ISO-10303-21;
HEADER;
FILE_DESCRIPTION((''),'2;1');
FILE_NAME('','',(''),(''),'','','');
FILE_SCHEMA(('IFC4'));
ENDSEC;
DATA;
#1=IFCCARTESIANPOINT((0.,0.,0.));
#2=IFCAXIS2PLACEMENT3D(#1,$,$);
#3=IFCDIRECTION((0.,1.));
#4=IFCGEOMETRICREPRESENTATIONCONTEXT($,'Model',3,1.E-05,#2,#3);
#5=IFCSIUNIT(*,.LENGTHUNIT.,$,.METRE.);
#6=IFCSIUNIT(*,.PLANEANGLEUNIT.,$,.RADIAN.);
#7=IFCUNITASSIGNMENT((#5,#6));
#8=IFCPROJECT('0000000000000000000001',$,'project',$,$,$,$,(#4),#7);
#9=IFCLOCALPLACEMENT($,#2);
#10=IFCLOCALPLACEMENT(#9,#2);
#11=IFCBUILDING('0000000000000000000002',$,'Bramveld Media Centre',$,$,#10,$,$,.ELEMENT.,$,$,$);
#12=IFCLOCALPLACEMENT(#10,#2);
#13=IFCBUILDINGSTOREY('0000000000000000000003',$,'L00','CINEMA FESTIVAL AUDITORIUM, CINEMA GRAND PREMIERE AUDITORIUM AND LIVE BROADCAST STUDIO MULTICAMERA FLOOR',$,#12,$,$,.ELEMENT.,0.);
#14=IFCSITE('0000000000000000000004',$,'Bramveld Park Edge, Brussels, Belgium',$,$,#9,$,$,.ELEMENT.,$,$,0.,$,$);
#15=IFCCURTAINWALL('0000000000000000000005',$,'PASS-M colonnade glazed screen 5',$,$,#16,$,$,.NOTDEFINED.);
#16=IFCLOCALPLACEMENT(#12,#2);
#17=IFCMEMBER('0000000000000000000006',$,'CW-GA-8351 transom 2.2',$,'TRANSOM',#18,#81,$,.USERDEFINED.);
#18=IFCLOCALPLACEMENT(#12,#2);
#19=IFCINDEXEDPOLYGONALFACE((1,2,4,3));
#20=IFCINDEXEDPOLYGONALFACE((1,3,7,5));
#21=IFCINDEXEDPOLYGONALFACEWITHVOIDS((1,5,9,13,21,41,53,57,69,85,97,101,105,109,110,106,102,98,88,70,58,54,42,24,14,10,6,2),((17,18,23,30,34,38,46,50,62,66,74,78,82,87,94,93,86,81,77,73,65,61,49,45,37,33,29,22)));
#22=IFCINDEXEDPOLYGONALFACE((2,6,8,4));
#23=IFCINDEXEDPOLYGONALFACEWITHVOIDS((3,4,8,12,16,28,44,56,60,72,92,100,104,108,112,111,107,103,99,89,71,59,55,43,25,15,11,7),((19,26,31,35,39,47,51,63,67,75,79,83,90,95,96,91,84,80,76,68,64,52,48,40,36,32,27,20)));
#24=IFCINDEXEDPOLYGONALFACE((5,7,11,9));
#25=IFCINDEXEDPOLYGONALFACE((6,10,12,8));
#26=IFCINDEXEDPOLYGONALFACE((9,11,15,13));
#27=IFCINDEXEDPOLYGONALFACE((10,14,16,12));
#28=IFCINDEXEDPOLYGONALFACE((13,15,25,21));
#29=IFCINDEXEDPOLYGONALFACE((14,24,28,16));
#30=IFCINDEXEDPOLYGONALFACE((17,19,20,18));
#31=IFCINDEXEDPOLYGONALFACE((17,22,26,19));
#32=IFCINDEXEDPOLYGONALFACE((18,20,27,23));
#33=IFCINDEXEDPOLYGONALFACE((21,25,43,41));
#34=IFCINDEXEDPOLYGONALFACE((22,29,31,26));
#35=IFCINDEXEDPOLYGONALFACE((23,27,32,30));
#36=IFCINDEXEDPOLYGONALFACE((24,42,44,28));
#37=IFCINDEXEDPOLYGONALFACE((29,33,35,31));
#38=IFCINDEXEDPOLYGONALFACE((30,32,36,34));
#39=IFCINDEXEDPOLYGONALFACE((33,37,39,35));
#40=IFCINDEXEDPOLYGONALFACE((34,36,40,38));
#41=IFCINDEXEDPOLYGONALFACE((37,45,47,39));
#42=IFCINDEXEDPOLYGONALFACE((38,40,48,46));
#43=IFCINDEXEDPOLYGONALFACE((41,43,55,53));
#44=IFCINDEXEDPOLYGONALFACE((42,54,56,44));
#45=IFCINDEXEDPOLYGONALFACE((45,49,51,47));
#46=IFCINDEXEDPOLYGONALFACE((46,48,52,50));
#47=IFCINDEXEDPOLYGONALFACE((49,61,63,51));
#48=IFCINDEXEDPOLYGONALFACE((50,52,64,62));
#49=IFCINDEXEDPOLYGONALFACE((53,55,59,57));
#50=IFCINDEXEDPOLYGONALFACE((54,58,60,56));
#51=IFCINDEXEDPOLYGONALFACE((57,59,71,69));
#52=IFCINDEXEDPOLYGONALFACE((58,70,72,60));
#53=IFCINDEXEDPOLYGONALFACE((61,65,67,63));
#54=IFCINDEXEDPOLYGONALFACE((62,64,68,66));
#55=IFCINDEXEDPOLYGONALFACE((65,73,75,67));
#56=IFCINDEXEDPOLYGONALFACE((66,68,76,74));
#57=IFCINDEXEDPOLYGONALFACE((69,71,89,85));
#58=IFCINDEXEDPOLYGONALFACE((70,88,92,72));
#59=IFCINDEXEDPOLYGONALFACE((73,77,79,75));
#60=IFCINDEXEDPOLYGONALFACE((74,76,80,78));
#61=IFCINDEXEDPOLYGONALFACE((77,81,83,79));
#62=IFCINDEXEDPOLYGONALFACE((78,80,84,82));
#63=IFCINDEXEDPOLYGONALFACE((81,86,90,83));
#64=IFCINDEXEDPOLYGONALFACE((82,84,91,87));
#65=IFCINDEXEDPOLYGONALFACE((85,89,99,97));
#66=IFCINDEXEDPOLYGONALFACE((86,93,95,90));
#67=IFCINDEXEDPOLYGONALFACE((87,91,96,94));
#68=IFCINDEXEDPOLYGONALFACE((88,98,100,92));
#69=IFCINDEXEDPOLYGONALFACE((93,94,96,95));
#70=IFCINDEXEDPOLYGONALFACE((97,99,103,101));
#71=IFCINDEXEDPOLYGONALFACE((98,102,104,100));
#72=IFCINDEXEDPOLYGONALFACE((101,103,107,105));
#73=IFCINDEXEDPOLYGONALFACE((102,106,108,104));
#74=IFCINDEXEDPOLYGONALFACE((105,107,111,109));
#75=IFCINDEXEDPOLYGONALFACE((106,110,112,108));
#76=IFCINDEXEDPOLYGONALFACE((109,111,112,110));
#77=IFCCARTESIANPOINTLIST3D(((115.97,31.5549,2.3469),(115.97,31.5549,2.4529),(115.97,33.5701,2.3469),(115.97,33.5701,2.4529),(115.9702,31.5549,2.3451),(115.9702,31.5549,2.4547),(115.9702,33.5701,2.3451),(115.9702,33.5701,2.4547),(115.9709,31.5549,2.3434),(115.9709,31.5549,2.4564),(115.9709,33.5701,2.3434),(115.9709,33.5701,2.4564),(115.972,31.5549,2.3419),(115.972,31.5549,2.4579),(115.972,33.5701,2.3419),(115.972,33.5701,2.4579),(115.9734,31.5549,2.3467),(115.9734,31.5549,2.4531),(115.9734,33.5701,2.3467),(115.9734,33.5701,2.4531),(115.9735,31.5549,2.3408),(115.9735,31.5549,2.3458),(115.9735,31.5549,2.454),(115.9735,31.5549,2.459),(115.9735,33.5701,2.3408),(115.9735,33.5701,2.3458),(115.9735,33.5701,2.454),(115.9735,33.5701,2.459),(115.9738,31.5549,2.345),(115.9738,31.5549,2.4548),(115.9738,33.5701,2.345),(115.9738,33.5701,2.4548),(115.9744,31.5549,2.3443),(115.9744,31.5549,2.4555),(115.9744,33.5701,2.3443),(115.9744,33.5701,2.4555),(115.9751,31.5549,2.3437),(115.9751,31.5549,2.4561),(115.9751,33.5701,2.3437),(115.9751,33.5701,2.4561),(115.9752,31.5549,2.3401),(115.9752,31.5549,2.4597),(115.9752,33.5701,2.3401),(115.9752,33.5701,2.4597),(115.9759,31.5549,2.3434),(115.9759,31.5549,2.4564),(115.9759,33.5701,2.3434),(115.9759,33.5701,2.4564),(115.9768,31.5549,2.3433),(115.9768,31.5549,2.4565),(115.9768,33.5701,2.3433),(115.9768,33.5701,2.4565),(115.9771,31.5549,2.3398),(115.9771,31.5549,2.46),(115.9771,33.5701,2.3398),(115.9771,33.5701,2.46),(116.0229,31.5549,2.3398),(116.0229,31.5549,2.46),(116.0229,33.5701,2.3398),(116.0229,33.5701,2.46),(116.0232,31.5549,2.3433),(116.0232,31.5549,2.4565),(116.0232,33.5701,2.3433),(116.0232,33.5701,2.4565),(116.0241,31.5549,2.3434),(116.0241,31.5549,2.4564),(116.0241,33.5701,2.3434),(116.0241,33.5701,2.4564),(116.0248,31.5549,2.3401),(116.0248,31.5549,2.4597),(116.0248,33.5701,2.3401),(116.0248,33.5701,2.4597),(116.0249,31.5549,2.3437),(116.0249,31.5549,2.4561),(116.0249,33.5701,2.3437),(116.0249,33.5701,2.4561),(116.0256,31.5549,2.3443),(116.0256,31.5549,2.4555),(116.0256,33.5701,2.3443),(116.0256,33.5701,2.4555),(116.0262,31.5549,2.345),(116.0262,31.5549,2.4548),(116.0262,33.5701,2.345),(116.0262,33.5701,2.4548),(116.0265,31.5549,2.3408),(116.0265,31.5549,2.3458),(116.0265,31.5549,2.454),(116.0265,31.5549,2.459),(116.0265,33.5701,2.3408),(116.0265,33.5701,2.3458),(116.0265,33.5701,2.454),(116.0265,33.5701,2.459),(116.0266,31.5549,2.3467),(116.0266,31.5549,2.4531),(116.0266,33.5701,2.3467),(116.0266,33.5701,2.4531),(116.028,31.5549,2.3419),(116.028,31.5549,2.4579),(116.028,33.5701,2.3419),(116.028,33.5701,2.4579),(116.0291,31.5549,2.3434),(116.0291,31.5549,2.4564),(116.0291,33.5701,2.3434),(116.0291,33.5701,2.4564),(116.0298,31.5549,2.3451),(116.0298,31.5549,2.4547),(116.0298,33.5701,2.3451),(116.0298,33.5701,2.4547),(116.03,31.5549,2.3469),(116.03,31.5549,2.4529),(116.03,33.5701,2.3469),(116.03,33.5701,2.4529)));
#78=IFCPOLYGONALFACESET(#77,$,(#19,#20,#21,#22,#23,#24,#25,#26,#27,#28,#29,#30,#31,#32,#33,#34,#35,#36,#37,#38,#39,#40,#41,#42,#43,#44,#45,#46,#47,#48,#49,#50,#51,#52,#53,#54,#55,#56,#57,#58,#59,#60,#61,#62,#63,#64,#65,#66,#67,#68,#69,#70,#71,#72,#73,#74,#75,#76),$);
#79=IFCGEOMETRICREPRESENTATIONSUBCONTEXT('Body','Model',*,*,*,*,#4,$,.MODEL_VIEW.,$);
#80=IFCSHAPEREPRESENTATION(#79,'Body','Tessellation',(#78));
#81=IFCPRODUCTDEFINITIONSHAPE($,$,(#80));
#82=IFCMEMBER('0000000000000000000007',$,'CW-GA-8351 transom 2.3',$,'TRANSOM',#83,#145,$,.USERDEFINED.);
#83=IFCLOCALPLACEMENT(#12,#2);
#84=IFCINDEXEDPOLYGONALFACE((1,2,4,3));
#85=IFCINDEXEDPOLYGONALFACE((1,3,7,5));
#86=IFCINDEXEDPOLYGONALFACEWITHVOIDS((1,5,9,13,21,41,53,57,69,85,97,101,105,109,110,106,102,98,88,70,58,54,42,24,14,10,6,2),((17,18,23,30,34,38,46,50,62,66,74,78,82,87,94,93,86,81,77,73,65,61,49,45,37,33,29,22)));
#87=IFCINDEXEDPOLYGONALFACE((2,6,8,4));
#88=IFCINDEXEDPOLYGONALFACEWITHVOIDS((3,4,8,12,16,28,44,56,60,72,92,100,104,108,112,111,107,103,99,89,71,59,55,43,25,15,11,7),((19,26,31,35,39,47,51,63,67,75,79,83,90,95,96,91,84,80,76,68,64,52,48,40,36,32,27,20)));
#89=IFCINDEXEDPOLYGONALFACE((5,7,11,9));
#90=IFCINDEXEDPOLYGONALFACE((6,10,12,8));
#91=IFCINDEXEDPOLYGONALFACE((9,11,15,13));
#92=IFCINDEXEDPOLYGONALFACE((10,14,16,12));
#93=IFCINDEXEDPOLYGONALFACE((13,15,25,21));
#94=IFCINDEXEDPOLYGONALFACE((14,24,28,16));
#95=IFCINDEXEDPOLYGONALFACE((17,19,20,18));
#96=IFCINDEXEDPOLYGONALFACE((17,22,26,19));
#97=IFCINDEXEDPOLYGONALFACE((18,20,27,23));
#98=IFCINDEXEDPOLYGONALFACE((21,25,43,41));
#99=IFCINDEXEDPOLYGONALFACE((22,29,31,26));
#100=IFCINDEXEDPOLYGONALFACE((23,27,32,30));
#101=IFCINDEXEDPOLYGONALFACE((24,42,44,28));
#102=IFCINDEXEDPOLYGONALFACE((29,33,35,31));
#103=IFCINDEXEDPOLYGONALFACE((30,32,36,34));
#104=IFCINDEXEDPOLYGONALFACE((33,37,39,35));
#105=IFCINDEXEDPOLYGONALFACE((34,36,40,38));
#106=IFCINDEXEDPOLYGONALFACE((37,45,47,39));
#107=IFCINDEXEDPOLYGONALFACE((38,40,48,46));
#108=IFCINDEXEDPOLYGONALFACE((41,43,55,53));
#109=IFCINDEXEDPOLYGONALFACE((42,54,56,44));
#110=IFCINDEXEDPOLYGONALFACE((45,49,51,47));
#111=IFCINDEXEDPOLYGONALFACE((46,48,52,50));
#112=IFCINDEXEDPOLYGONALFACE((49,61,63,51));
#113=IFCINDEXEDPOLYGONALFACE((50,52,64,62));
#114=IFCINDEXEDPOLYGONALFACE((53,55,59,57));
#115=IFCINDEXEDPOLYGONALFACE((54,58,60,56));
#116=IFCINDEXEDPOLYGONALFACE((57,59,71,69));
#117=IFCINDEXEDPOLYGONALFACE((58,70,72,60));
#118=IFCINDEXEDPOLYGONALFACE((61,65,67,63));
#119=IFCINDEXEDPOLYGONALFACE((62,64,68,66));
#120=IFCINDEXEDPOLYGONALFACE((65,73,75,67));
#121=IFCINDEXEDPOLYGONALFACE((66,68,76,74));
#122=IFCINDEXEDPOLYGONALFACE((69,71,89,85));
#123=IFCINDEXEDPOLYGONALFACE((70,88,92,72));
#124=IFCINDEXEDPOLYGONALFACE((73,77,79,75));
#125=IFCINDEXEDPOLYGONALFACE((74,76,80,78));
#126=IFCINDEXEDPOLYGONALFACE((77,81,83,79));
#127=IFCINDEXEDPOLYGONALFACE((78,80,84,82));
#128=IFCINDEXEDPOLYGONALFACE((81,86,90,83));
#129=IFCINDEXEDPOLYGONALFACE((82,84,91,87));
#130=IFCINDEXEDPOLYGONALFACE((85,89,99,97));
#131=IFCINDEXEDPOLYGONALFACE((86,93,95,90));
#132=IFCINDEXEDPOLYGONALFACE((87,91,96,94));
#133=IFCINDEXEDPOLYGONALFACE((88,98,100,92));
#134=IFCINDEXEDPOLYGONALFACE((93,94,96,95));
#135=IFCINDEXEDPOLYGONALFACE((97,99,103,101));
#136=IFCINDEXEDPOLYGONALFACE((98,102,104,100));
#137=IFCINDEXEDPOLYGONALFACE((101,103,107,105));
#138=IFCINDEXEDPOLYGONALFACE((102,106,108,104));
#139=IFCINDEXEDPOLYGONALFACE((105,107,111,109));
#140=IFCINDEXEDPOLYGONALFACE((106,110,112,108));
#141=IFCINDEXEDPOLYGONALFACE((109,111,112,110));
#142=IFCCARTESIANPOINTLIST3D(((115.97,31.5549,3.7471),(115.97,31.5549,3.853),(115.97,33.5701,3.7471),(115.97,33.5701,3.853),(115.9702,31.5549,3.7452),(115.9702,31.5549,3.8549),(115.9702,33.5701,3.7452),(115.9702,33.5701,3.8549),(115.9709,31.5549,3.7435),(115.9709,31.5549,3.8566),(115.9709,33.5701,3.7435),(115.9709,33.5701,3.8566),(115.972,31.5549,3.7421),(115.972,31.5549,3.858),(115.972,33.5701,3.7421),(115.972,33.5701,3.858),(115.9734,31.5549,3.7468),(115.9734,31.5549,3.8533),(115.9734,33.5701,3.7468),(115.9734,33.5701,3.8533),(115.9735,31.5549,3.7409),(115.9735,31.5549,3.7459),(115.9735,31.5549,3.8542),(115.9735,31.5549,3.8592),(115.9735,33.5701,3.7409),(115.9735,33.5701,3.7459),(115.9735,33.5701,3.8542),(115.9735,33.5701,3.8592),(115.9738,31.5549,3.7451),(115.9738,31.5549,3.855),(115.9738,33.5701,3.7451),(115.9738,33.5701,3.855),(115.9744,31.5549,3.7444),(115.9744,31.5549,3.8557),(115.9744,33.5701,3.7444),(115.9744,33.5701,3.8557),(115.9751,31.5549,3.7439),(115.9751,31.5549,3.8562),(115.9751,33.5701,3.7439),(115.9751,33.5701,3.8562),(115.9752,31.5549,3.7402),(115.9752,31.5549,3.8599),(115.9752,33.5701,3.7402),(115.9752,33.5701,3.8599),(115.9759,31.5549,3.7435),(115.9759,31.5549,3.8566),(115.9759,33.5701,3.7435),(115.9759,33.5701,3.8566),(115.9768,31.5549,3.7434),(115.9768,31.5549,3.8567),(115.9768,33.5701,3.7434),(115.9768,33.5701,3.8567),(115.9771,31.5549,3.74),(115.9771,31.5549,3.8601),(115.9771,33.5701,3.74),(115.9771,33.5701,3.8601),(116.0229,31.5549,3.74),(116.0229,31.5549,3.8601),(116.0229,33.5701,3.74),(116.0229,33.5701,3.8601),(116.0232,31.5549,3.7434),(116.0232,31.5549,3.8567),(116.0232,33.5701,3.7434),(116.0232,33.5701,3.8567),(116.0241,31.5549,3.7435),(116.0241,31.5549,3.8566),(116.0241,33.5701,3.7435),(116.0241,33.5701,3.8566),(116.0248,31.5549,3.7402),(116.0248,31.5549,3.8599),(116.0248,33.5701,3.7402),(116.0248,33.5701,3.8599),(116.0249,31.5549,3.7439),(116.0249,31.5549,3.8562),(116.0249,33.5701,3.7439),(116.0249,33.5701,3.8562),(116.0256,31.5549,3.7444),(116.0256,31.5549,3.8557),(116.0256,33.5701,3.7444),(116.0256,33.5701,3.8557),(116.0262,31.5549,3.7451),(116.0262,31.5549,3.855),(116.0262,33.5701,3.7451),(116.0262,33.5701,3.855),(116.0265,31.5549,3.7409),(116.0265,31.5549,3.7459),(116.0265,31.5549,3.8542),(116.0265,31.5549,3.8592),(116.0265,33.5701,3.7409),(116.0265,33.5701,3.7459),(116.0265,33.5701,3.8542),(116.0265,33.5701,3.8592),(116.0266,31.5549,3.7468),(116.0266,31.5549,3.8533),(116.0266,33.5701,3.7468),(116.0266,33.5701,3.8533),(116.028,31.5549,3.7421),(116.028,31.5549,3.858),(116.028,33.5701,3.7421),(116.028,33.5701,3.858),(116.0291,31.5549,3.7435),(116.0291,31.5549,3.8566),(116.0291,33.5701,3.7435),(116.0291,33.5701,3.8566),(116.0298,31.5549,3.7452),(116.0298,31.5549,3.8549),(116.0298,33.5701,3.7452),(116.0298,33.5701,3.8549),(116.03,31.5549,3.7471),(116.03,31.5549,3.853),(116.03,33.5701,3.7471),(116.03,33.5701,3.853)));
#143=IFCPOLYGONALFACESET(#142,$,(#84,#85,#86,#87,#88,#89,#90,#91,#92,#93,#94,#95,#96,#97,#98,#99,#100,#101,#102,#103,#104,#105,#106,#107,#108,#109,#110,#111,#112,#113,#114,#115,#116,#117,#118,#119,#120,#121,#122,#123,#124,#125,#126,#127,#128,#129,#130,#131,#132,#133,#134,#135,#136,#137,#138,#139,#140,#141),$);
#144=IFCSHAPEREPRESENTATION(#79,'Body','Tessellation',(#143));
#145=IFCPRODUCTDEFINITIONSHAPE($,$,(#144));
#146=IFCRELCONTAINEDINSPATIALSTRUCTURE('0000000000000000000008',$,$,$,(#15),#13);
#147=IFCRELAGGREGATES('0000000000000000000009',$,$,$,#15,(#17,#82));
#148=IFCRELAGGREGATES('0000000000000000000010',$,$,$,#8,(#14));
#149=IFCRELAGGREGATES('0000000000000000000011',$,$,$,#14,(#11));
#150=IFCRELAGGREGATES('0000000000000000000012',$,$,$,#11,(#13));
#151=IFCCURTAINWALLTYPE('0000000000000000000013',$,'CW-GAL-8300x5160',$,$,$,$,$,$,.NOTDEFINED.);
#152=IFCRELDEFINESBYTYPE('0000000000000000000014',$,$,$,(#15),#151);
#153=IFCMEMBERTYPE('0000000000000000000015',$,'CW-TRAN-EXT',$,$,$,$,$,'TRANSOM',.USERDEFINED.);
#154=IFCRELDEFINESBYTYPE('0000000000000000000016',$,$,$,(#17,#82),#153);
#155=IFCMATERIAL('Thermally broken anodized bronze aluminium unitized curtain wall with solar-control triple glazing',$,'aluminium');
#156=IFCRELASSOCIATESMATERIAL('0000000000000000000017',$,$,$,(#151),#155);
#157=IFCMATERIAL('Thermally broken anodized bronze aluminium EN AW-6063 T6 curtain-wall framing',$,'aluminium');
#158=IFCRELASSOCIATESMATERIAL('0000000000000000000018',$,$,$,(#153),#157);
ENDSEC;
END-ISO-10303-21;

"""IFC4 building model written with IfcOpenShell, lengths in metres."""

from ifc_helpers import new_model, si_unit, direction, frame, origin, origin_2d, place, context, subcontext, project, spatial, hollow_rectangle, extrude, material, material_profile, profile_set, type_object, element, aggregate, save


model = new_model("IFC4")

# Units and contexts
model_context = context("Model", 3, precision=1e-05, world=origin(), true_north=direction((0.0, 1.0)))
body_context = subcontext(model_context, "Body", "Model", "MODEL_VIEW")
ifc_project = project(units=[si_unit("LENGTHUNIT", "METRE"), si_unit("PLANEANGLEUNIT", "RADIAN")], contexts=[model_context])

# Site, building, storey
site_placement = place(None, origin())
site = spatial("IfcSite", under=ifc_project, at=site_placement, Name="Bramveld Park Edge, Brussels, Belgium", CompositionType="ELEMENT", RefElevation=0.0)
building_placement = place(site_placement, origin())
building = spatial("IfcBuilding", under=site, at=building_placement, Name="Bramveld Media Centre", CompositionType="ELEMENT")
storey_placement = place(building_placement, origin())
storey = spatial("IfcBuildingStorey", under=building, at=storey_placement, Name="L00", Description="CINEMA FESTIVAL AUDITORIUM, CINEMA GRAND PREMIERE AUDITORIUM AND LIVE BROADCAST STUDIO MULTICAMERA FLOOR", CompositionType="ELEMENT", Elevation=0.0)

# Curtain wall, members
ifc_material_1 = material(Name="Thermally broken anodized bronze aluminium unitized curtain wall with solar-control triple glazing", Category="aluminium")
curtain_wall_type_1 = type_object("IfcCurtainWallType", Name="CW-GAL-8300x5160", PredefinedType="NOTDEFINED", material=ifc_material_1)
curtain_wall_1_placement = place(storey_placement, origin())
curtain_wall_1 = element("IfcCurtainWall", 1, at=curtain_wall_1_placement, inside=storey, type_object=curtain_wall_type_1, Name="PASS-M colonnade glazed screen 5", PredefinedType="NOTDEFINED")
ifc_material_2 = material(Name="Thermally broken anodized bronze aluminium EN AW-6063 T6 curtain-wall framing", Category="aluminium")
ifc_material_profile_1 = material_profile(ifc_material_2, hollow_rectangle(XDim=0.0601, YDim=0.1201, WallThickness=0.0034, InnerFilletRadius=0.0034, OuterFilletRadius=0.0071, at=origin_2d()), Name="AL-TRAN 60x120")
ifc_profile_set_1 = profile_set([ifc_material_profile_1], Name="Thermally broken anodized bronze aluminium EN AW-6063 T6 curtain-wall framing")
member_type_1 = type_object("IfcMemberType", Name="CW-TRAN-EXT", ElementType="TRANSOM", PredefinedType="USERDEFINED", material=ifc_profile_set_1)
member_1_placement = place(storey_placement, frame((116.0, 31.5549, 2.3999), z_axis=(0.0, 1.0, 0.0), x_axis=(-1.0, 0.0, 0.0)))
member_1 = element("IfcMember", 2, at=member_1_placement, type_object=member_type_1, Name="CW-GA-8351 transom 2.2", ObjectType="TRANSOM", PredefinedType="USERDEFINED", context=body_context, shape_type="SweptSolid", body=[
    extrude(hollow_rectangle(XDim=0.0601, YDim=0.1201, WallThickness=0.0034, InnerFilletRadius=0.0034, OuterFilletRadius=0.0071, at=origin_2d()), origin(), (0.0, 0.0, 1.0), 2.0151),
])
member_2_placement = place(storey_placement, frame((116.0, 31.5549, 3.8), z_axis=(0.0, 1.0, 0.0), x_axis=(-1.0, 0.0, 0.0)))
member_2 = element("IfcMember", 3, at=member_2_placement, type_object=member_type_1, Name="CW-GA-8351 transom 2.3", ObjectType="TRANSOM", PredefinedType="USERDEFINED", context=body_context, shape_type="SweptSolid", body=[
    extrude(hollow_rectangle(XDim=0.0601, YDim=0.1201, WallThickness=0.0034, InnerFilletRadius=0.0034, OuterFilletRadius=0.0071, at=origin_2d()), origin(), (0.0, 0.0, 1.0), 2.0151),
])
aggregate(curtain_wall_1, [member_1, member_2])

save(model, "model.ifc")
